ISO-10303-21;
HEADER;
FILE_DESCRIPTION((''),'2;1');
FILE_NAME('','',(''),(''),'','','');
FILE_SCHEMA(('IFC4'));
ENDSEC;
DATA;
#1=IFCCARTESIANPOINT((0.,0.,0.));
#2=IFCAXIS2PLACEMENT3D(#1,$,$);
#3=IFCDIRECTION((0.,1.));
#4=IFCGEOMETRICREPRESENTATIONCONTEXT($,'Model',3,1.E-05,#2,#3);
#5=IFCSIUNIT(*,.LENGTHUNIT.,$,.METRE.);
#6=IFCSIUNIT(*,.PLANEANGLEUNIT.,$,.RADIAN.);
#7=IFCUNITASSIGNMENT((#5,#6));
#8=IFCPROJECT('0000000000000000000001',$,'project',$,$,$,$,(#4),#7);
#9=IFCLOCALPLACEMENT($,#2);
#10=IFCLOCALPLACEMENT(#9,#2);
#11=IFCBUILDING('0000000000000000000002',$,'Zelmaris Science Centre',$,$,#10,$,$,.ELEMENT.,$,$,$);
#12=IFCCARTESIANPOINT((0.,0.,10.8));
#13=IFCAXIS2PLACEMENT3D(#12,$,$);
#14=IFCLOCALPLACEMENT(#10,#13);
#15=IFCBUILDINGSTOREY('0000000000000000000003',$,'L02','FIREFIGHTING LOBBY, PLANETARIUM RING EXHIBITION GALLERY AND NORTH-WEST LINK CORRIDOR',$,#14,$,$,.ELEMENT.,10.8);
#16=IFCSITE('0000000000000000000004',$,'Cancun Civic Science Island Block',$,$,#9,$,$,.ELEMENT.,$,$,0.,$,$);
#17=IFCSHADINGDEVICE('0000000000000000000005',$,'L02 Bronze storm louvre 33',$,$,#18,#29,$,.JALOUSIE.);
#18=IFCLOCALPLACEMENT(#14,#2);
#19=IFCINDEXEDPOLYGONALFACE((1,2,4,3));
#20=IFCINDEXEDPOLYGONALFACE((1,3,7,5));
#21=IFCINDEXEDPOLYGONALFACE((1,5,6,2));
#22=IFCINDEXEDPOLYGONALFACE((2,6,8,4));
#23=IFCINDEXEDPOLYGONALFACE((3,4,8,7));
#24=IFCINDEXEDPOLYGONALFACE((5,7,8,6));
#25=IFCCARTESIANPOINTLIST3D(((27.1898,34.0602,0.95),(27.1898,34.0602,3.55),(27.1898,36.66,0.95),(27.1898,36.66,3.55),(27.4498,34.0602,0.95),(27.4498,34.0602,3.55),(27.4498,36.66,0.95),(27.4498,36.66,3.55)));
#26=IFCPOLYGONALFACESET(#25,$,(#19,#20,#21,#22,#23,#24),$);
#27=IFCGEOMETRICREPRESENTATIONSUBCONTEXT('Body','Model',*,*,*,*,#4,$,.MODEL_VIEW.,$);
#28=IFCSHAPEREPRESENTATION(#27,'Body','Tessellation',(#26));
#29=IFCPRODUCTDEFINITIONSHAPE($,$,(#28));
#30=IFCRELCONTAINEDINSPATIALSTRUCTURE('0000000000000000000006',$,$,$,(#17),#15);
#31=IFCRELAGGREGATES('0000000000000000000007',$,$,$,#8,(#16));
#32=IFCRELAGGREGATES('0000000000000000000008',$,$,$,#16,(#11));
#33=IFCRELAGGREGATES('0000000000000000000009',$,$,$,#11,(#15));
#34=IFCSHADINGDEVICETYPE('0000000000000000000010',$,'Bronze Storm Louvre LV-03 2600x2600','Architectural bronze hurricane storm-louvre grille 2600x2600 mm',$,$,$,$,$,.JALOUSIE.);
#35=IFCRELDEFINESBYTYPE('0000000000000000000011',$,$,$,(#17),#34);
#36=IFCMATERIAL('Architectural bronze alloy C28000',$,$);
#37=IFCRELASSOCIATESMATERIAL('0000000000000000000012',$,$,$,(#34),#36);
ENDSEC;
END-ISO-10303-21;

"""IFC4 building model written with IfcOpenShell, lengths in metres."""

from ifc_helpers import new_model, si_unit, direction, frame, frame_2d, origin, place, context, subcontext, project, spatial, rectangle, extrude, material, type_object, element, save


model = new_model("IFC4")

# Units and contexts
model_context = context("Model", 3, precision=1e-05, world=origin(), true_north=direction((0.0, 1.0)))
body_context = subcontext(model_context, "Body", "Model", "MODEL_VIEW")
ifc_project = project(units=[si_unit("LENGTHUNIT", "METRE"), si_unit("PLANEANGLEUNIT", "RADIAN")], contexts=[model_context])

# Site, building, storey
site_placement = place(None, origin())
site = spatial("IfcSite", under=ifc_project, at=site_placement, Name="Cancun Civic Science Island Block", CompositionType="ELEMENT", RefElevation=0.0)
building_placement = place(site_placement, origin())
building = spatial("IfcBuilding", under=site, at=building_placement, Name="Zelmaris Science Centre", CompositionType="ELEMENT")
storey_placement = place(building_placement, frame((0.0, 0.0, 10.8)))
storey = spatial("IfcBuildingStorey", under=building, at=storey_placement, Name="L02", Description="FIREFIGHTING LOBBY, PLANETARIUM RING EXHIBITION GALLERY AND NORTH-WEST LINK CORRIDOR", CompositionType="ELEMENT", Elevation=10.8)

# Shading device
ifc_material_1 = material(Name="Architectural bronze alloy C28000")
shading_device_type_1 = type_object("IfcShadingDeviceType", Name="Bronze Storm Louvre LV-03 2600x2600", Description="Architectural bronze hurricane storm-louvre grille 2600x2600 mm", PredefinedType="JALOUSIE", material=ifc_material_1)
shading_device_1_placement = place(storey_placement, frame((27.3198, 36.6599, 0.95), z_axis=(0.0, 0.0, 1.0), x_axis=(0.0, -1.0, 0.0)))
element("IfcShadingDevice", 1, at=shading_device_1_placement, inside=storey, type_object=shading_device_type_1, Name="L02 Bronze storm louvre 33", PredefinedType="JALOUSIE", context=body_context, shape_type="SweptSolid", body=[
    extrude(rectangle(XDim=2.5999, YDim=0.26, at=frame_2d((1.2998, 0.0))), origin(), (0.0, 0.0, 1.0), 2.6001),
])

save(model, "model.ifc")
